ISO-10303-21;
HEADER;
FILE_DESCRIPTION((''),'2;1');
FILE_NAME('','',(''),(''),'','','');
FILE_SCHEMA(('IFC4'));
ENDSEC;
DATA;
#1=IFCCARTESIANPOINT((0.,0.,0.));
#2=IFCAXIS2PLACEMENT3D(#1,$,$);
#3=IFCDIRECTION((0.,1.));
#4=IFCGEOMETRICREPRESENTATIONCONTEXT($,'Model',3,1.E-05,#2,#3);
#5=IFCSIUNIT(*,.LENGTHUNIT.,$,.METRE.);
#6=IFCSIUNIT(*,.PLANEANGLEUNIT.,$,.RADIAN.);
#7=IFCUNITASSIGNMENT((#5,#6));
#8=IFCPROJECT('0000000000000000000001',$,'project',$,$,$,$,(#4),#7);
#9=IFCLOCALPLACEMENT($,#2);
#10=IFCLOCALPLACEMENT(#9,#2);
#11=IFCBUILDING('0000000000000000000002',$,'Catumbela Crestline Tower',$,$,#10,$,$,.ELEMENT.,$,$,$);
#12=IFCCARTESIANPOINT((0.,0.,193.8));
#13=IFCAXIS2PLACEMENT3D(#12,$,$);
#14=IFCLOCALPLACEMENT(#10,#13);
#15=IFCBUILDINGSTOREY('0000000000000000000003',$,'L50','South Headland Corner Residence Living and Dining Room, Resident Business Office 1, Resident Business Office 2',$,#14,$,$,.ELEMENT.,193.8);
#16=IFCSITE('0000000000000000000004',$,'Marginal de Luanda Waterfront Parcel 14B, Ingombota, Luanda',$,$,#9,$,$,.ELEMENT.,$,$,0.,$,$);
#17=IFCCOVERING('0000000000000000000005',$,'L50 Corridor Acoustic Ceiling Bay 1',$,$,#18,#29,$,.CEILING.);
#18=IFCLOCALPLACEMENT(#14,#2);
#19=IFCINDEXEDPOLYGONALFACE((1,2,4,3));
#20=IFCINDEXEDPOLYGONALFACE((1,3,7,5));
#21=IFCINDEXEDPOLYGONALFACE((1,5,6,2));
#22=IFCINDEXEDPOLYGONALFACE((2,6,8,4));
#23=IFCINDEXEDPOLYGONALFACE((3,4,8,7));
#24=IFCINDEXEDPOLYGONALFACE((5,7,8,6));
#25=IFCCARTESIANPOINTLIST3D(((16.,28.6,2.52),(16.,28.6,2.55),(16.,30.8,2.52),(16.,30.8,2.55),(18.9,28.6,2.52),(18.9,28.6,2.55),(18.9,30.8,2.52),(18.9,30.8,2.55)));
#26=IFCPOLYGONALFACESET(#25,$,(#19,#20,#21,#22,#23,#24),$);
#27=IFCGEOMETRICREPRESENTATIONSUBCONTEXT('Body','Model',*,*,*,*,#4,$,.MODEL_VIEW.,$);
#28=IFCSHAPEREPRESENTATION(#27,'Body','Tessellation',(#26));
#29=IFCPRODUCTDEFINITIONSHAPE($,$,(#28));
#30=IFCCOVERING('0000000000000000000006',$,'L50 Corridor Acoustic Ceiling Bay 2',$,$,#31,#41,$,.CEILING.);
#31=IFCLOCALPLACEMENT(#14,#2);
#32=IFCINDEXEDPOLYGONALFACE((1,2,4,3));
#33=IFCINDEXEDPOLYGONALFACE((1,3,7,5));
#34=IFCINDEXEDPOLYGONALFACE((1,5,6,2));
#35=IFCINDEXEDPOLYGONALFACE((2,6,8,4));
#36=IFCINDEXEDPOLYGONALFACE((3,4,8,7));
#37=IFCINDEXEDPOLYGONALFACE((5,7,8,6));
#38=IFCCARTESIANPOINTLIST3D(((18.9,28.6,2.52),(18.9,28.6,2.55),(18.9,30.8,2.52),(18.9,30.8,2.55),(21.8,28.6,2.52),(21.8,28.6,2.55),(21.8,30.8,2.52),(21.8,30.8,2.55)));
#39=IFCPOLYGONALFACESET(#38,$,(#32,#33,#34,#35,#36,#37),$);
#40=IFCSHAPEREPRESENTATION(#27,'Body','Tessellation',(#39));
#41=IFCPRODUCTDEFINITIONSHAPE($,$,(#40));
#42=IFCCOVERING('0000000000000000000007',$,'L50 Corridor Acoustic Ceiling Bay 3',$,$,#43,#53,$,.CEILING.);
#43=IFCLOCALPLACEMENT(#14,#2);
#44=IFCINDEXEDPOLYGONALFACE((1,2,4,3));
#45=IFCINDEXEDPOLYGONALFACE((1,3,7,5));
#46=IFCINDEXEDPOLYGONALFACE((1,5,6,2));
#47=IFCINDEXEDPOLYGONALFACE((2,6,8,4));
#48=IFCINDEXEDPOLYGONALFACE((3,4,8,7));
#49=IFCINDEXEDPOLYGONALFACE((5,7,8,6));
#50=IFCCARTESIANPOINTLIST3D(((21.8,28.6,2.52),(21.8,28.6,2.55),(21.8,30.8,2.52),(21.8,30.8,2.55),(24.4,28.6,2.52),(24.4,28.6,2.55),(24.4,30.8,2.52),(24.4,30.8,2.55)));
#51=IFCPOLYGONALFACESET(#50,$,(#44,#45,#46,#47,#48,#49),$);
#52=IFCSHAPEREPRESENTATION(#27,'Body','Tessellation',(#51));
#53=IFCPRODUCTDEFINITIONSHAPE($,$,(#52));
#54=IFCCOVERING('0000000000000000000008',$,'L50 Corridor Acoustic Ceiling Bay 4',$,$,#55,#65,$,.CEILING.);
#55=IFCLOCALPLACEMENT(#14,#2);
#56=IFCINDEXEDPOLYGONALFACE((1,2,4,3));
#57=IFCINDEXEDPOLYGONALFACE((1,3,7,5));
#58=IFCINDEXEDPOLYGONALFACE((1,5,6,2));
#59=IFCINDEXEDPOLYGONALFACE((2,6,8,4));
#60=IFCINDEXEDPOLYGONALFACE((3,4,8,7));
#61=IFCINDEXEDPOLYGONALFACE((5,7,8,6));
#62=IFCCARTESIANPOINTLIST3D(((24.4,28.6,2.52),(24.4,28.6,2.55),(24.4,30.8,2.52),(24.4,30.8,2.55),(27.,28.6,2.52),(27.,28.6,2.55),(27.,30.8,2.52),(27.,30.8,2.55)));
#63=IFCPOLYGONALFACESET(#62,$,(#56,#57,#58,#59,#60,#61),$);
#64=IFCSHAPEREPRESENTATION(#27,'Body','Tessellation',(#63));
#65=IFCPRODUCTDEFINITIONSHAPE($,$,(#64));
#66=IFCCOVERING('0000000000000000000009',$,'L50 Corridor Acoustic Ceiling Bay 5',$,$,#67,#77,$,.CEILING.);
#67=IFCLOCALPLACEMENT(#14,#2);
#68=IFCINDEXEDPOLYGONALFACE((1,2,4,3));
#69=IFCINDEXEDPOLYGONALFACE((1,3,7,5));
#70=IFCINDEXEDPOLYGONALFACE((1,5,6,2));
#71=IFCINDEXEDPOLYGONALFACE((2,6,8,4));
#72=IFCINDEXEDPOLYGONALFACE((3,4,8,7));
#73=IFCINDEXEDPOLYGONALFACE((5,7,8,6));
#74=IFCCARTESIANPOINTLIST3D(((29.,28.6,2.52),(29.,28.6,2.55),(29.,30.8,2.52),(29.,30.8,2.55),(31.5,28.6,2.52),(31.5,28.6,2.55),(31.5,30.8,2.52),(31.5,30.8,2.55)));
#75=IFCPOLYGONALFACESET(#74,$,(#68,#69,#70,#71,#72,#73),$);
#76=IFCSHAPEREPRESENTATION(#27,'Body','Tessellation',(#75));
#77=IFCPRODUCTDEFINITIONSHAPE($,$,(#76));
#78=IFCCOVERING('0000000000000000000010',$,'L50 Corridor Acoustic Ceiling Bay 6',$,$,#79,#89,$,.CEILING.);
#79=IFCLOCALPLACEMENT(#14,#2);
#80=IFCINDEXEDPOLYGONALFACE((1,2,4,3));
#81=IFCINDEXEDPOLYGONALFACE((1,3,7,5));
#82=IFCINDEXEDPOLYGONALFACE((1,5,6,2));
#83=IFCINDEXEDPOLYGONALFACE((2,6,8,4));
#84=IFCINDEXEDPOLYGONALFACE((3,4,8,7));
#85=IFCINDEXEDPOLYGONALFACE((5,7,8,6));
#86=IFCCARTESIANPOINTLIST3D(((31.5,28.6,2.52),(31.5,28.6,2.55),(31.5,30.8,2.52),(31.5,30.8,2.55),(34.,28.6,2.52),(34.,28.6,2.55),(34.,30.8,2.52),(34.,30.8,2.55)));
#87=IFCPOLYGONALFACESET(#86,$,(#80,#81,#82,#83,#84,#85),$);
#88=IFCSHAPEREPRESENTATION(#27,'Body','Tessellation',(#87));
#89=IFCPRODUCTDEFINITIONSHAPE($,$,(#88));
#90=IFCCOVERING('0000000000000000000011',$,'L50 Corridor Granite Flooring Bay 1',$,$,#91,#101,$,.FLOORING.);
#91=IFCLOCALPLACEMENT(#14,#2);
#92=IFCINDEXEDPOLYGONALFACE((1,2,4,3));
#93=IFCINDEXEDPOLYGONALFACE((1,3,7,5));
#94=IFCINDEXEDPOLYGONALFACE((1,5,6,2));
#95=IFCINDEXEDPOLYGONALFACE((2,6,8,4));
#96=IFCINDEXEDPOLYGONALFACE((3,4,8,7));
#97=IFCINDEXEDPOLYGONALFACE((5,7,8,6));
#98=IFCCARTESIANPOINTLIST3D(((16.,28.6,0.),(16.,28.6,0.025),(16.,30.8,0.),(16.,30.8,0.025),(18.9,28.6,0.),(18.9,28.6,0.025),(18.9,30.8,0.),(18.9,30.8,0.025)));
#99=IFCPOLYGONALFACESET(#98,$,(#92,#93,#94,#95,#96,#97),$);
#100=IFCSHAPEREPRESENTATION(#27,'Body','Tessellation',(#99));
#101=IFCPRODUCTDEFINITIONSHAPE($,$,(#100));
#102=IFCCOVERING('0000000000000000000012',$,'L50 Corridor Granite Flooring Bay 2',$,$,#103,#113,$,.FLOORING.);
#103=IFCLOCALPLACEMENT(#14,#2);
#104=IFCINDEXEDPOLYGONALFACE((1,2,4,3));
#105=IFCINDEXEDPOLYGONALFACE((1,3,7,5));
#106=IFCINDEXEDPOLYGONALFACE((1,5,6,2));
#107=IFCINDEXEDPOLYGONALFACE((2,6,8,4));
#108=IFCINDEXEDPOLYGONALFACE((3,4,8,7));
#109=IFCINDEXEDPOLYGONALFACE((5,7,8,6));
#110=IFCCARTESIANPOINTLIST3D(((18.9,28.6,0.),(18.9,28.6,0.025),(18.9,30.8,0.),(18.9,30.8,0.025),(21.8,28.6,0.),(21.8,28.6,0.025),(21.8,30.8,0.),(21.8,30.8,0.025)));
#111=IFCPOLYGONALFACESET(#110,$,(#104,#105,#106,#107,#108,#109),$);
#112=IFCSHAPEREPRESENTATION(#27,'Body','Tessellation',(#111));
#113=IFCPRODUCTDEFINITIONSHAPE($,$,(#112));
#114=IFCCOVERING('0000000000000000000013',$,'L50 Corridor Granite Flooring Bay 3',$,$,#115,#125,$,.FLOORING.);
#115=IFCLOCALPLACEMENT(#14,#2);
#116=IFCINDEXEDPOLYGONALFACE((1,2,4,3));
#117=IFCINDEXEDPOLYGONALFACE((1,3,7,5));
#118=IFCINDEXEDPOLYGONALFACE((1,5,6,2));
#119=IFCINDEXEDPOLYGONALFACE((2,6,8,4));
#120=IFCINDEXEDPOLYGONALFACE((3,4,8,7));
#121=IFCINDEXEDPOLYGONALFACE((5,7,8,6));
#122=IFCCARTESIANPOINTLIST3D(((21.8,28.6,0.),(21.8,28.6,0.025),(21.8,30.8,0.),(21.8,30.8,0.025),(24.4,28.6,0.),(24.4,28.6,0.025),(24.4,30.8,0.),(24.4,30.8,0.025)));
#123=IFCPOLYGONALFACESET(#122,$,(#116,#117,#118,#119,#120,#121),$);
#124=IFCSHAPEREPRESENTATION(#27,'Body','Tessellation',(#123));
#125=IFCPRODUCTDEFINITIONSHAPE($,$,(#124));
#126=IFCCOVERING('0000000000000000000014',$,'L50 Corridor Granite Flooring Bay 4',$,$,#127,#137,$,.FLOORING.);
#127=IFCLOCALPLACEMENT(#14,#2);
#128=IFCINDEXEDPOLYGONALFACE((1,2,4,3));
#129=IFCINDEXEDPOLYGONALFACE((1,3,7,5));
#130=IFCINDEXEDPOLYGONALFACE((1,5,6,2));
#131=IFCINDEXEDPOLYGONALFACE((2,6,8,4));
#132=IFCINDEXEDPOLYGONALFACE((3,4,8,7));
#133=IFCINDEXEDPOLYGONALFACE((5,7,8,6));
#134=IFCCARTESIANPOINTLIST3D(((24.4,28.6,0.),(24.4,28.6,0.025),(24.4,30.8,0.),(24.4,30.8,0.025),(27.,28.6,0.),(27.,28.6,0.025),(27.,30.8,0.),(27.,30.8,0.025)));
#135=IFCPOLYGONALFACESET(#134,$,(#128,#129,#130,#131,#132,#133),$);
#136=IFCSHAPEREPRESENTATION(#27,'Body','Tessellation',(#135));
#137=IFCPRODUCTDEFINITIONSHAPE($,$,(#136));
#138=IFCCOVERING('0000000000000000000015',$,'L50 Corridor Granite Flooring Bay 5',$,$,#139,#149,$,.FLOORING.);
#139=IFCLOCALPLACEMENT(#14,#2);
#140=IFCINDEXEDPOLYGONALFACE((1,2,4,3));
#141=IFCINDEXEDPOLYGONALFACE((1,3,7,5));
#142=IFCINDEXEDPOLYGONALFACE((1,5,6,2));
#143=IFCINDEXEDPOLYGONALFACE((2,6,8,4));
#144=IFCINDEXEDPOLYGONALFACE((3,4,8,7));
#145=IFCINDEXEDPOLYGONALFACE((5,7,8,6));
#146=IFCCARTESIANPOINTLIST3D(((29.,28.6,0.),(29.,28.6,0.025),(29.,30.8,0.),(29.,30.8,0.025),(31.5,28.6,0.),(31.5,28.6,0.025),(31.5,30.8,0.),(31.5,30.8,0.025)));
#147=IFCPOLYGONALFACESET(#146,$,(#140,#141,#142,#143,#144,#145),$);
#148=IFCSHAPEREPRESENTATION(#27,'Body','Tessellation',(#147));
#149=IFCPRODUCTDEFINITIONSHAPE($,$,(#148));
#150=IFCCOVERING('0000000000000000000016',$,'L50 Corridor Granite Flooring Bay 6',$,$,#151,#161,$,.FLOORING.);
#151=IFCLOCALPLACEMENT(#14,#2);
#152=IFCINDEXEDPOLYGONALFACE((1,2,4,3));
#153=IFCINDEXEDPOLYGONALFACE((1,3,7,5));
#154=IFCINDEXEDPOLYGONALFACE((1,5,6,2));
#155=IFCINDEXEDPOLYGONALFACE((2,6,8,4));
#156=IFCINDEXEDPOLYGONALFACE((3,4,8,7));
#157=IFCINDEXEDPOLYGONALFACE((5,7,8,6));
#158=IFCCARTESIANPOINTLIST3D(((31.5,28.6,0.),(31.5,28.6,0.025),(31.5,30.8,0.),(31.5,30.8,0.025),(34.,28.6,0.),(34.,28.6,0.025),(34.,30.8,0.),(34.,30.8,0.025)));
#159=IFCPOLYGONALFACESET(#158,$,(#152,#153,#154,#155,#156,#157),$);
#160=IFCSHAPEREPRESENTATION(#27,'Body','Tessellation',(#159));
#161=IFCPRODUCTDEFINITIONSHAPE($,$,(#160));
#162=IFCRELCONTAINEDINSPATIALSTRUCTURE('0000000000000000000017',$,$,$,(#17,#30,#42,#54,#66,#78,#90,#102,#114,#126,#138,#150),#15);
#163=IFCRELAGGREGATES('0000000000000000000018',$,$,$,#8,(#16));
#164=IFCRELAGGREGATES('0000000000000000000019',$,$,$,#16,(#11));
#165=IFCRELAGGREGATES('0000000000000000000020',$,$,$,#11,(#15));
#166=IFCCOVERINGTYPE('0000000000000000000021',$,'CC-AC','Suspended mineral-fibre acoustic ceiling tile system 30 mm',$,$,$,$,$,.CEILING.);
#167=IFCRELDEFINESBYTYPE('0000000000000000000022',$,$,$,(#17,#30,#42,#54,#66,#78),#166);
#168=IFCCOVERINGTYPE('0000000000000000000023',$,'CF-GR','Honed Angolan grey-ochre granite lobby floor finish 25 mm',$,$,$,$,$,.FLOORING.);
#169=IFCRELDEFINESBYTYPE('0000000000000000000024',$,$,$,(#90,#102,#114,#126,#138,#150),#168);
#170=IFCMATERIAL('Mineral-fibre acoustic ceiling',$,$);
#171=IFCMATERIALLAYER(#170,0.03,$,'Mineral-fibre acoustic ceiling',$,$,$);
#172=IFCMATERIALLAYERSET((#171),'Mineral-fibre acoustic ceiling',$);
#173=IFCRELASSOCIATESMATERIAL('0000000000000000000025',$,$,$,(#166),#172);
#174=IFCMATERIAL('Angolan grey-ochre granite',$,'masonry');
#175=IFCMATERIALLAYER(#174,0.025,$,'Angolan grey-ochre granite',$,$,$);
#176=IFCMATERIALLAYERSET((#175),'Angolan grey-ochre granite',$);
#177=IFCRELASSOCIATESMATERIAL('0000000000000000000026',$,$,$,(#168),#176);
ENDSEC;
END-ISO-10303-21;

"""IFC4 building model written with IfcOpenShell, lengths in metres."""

from ifc_helpers import new_model, si_unit, direction, frame, origin, place, context, subcontext, project, spatial, polyline, outline, extrude, material, layer, layer_set, type_object, element, save


model = new_model("IFC4")

# Units and contexts
model_context = context("Model", 3, precision=1e-05, world=origin(), true_north=direction((0.0, 1.0)))
body_context = subcontext(model_context, "Body", "Model", "MODEL_VIEW")
ifc_project = project(units=[si_unit("LENGTHUNIT", "METRE"), si_unit("PLANEANGLEUNIT", "RADIAN")], contexts=[model_context])

# Site, building, storey
site_placement = place(None, origin())
site = spatial("IfcSite", under=ifc_project, at=site_placement, Name="Marginal de Luanda Waterfront Parcel 14B, Ingombota, Luanda", CompositionType="ELEMENT", RefElevation=0.0)
building_placement = place(site_placement, origin())
building = spatial("IfcBuilding", under=site, at=building_placement, Name="Catumbela Crestline Tower", CompositionType="ELEMENT")
storey_placement = place(building_placement, frame((0.0, 0.0, 193.8)))
storey = spatial("IfcBuildingStorey", under=building, at=storey_placement, Name="L50", Description="South Headland Corner Residence Living and Dining Room, Resident Business Office 1, Resident Business Office 2", CompositionType="ELEMENT", Elevation=193.8)

# Coverings
ifc_material_1 = material(Name="Mineral-fibre acoustic ceiling")
ifc_layer_1 = layer(ifc_material_1, 0.03, Name="Mineral-fibre acoustic ceiling")
ifc_layer_set_1 = layer_set([ifc_layer_1], Name="Mineral-fibre acoustic ceiling")
covering_type_1 = type_object("IfcCoveringType", Name="CC-AC", Description="Suspended mineral-fibre acoustic ceiling tile system 30 mm", PredefinedType="CEILING", material=ifc_layer_set_1)
covering_1_placement = place(storey_placement, frame((0.0, 0.0, 2.52)))
element("IfcCovering", 1, at=covering_1_placement, inside=storey, type_object=covering_type_1, Name="L50 Corridor Acoustic Ceiling Bay 1", PredefinedType="CEILING", context=body_context, shape_type="SweptSolid", body=[
    extrude(outline(polyline([(16.0, 28.6), (18.9, 28.6), (18.9, 30.8), (16.0, 30.8), (16.0, 28.6)])), origin(), (0.0, 0.0, 1.0), 0.03),
])
covering_2_placement = place(storey_placement, frame((0.0, 0.0, 2.52)))
element("IfcCovering", 2, at=covering_2_placement, inside=storey, type_object=covering_type_1, Name="L50 Corridor Acoustic Ceiling Bay 2", PredefinedType="CEILING", context=body_context, shape_type="SweptSolid", body=[
    extrude(outline(polyline([(18.9, 28.6), (21.8, 28.6), (21.8, 30.8), (18.9, 30.8), (18.9, 28.6)])), origin(), (0.0, 0.0, 1.0), 0.03),
])
covering_3_placement = place(storey_placement, frame((0.0, 0.0, 2.52)))
element("IfcCovering", 3, at=covering_3_placement, inside=storey, type_object=covering_type_1, Name="L50 Corridor Acoustic Ceiling Bay 3", PredefinedType="CEILING", context=body_context, shape_type="SweptSolid", body=[
    extrude(outline(polyline([(21.8, 28.6), (24.4, 28.6), (24.4, 30.8), (21.8, 30.8), (21.8, 28.6)])), origin(), (0.0, 0.0, 1.0), 0.03),
])
covering_4_placement = place(storey_placement, frame((0.0, 0.0, 2.52)))
element("IfcCovering", 4, at=covering_4_placement, inside=storey, type_object=covering_type_1, Name="L50 Corridor Acoustic Ceiling Bay 4", PredefinedType="CEILING", context=body_context, shape_type="SweptSolid", body=[
    extrude(outline(polyline([(24.4, 28.6), (27.0, 28.6), (27.0, 30.8), (24.4, 30.8), (24.4, 28.6)])), origin(), (0.0, 0.0, 1.0), 0.03),
])
covering_5_placement = place(storey_placement, frame((0.0, 0.0, 2.52)))
element("IfcCovering", 5, at=covering_5_placement, inside=storey, type_object=covering_type_1, Name="L50 Corridor Acoustic Ceiling Bay 5", PredefinedType="CEILING", context=body_context, shape_type="SweptSolid", body=[
    extrude(outline(polyline([(29.0, 28.6), (31.5, 28.6), (31.5, 30.8), (29.0, 30.8), (29.0, 28.6)])), origin(), (0.0, 0.0, 1.0), 0.03),
])
covering_6_placement = place(storey_placement, frame((0.0, 0.0, 2.52)))
element("IfcCovering", 6, at=covering_6_placement, inside=storey, type_object=covering_type_1, Name="L50 Corridor Acoustic Ceiling Bay 6", PredefinedType="CEILING", context=body_context, shape_type="SweptSolid", body=[
    extrude(outline(polyline([(31.5, 28.6), (34.0, 28.6), (34.0, 30.8), (31.5, 30.8), (31.5, 28.6)])), origin(), (0.0, 0.0, 1.0), 0.03),
])
ifc_material_2 = material(Name="Angolan grey-ochre granite", Category="masonry")
ifc_layer_2 = layer(ifc_material_2, 0.025, Name="Angolan grey-ochre granite")
ifc_layer_set_2 = layer_set([ifc_layer_2], Name="Angolan grey-ochre granite")
covering_type_2 = type_object("IfcCoveringType", Name="CF-GR", Description="Honed Angolan grey-ochre granite lobby floor finish 25 mm", PredefinedType="FLOORING", material=ifc_layer_set_2)
covering_7_placement = place(storey_placement, origin())
element("IfcCovering", 7, at=covering_7_placement, inside=storey, type_object=covering_type_2, Name="L50 Corridor Granite Flooring Bay 1", PredefinedType="FLOORING", context=body_context, shape_type="SweptSolid", body=[
    extrude(outline(polyline([(16.0, 28.6), (18.9, 28.6), (18.9, 30.8), (16.0, 30.8), (16.0, 28.6)])), origin(), (0.0, 0.0, 1.0), 0.025),
])
covering_8_placement = place(storey_placement, origin())
element("IfcCovering", 8, at=covering_8_placement, inside=storey, type_object=covering_type_2, Name="L50 Corridor Granite Flooring Bay 2", PredefinedType="FLOORING", context=body_context, shape_type="SweptSolid", body=[
    extrude(outline(polyline([(18.9, 28.6), (21.8, 28.6), (21.8, 30.8), (18.9, 30.8), (18.9, 28.6)])), origin(), (0.0, 0.0, 1.0), 0.025),
])
covering_9_placement = place(storey_placement, origin())
element("IfcCovering", 9, at=covering_9_placement, inside=storey, type_object=covering_type_2, Name="L50 Corridor Granite Flooring Bay 3", PredefinedType="FLOORING", context=body_context, shape_type="SweptSolid", body=[
    extrude(outline(polyline([(21.8, 28.6), (24.4, 28.6), (24.4, 30.8), (21.8, 30.8), (21.8, 28.6)])), origin(), (0.0, 0.0, 1.0), 0.025),
])
covering_10_placement = place(storey_placement, origin())
element("IfcCovering", 10, at=covering_10_placement, inside=storey, type_object=covering_type_2, Name="L50 Corridor Granite Flooring Bay 4", PredefinedType="FLOORING", context=body_context, shape_type="SweptSolid", body=[
    extrude(outline(polyline([(24.4, 28.6), (27.0, 28.6), (27.0, 30.8), (24.4, 30.8), (24.4, 28.6)])), origin(), (0.0, 0.0, 1.0), 0.025),
])
covering_11_placement = place(storey_placement, origin())
element("IfcCovering", 11, at=covering_11_placement, inside=storey, type_object=covering_type_2, Name="L50 Corridor Granite Flooring Bay 5", PredefinedType="FLOORING", context=body_context, shape_type="SweptSolid", body=[
    extrude(outline(polyline([(29.0, 28.6), (31.5, 28.6), (31.5, 30.8), (29.0, 30.8), (29.0, 28.6)])), origin(), (0.0, 0.0, 1.0), 0.025),
])
covering_12_placement = place(storey_placement, origin())
element("IfcCovering", 12, at=covering_12_placement, inside=storey, type_object=covering_type_2, Name="L50 Corridor Granite Flooring Bay 6", PredefinedType="FLOORING", context=body_context, shape_type="SweptSolid", body=[
    extrude(outline(polyline([(31.5, 28.6), (34.0, 28.6), (34.0, 30.8), (31.5, 30.8), (31.5, 28.6)])), origin(), (0.0, 0.0, 1.0), 0.025),
])

save(model, "model.ifc")
